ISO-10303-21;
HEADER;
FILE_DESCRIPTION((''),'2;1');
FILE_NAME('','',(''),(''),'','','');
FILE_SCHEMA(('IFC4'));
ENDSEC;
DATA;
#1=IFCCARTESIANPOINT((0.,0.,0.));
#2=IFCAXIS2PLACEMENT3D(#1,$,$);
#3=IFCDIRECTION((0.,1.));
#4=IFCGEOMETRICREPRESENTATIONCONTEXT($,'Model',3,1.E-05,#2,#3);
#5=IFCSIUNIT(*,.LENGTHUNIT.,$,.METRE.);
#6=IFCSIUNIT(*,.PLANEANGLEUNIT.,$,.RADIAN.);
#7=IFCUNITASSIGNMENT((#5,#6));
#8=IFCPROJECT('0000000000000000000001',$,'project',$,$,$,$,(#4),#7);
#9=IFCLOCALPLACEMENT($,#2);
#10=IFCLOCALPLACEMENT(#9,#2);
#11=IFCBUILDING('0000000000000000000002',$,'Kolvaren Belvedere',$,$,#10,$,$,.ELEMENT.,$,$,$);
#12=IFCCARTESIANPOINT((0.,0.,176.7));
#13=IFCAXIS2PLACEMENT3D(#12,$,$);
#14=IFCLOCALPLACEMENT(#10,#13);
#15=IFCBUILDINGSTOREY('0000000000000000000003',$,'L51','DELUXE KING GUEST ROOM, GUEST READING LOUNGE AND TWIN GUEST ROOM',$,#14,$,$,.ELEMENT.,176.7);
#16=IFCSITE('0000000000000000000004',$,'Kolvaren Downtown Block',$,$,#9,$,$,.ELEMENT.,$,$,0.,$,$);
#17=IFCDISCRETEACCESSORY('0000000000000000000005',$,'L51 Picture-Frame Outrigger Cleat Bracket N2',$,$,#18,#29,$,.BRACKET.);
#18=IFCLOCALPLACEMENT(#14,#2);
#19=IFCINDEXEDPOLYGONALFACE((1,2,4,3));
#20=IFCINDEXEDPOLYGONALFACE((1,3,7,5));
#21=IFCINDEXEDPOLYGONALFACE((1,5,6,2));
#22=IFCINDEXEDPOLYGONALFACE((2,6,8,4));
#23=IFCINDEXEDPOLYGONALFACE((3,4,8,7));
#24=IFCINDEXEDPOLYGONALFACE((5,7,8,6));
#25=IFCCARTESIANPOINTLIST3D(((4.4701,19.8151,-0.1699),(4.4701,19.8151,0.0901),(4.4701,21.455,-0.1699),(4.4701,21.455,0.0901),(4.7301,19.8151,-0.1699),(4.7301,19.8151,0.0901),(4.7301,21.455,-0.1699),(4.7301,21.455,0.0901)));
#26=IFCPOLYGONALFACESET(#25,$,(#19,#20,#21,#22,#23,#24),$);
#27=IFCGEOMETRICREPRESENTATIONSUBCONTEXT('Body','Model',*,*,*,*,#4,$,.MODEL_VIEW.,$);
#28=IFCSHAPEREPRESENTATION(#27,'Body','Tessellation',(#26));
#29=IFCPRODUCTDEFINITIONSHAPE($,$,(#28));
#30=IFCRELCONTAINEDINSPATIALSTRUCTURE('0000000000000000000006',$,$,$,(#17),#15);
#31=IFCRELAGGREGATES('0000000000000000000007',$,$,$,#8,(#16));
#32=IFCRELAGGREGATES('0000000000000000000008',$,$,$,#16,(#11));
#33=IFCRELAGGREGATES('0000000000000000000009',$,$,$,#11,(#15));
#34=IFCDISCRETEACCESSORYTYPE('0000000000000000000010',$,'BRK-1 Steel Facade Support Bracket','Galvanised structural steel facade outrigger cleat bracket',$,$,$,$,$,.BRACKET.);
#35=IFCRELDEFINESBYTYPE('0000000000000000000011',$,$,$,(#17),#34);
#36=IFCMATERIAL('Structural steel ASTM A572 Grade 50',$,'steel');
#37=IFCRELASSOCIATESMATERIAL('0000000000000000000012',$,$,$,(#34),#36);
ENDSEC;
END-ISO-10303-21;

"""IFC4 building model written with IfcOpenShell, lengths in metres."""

from ifc_helpers import new_model, si_unit, direction, frame, origin, origin_2d, place, context, subcontext, project, spatial, rectangle, extrude, material, type_object, element, save


model = new_model("IFC4")

# Units and contexts
model_context = context("Model", 3, precision=1e-05, world=origin(), true_north=direction((0.0, 1.0)))
body_context = subcontext(model_context, "Body", "Model", "MODEL_VIEW")
ifc_project = project(units=[si_unit("LENGTHUNIT", "METRE"), si_unit("PLANEANGLEUNIT", "RADIAN")], contexts=[model_context])

# Site, building, storey
site_placement = place(None, origin())
site = spatial("IfcSite", under=ifc_project, at=site_placement, Name="Kolvaren Downtown Block", CompositionType="ELEMENT", RefElevation=0.0)
building_placement = place(site_placement, origin())
building = spatial("IfcBuilding", under=site, at=building_placement, Name="Kolvaren Belvedere", CompositionType="ELEMENT")
storey_placement = place(building_placement, frame((0.0, 0.0, 176.7)))
storey = spatial("IfcBuildingStorey", under=building, at=storey_placement, Name="L51", Description="DELUXE KING GUEST ROOM, GUEST READING LOUNGE AND TWIN GUEST ROOM", CompositionType="ELEMENT", Elevation=176.7)

# Discrete accessory
ifc_material_1 = material(Name="Structural steel ASTM A572 Grade 50", Category="steel")
discrete_accessory_type = type_object("IfcDiscreteAccessoryType", Name="BRK-1 Steel Facade Support Bracket", Description="Galvanised structural steel facade outrigger cleat bracket", PredefinedType="BRACKET", material=ifc_material_1)
discrete_accessory_placement = place(storey_placement, frame((4.6001, 20.635, -0.1699), z_axis=(0.0, 0.0, 1.0), x_axis=(0.0, 1.0, 0.0)))
element("IfcDiscreteAccessory", 1, at=discrete_accessory_placement, inside=storey, type_object=discrete_accessory_type, Name="L51 Picture-Frame Outrigger Cleat Bracket N2", PredefinedType="BRACKET", context=body_context, shape_type="SweptSolid", body=[
    extrude(rectangle(XDim=1.6399, YDim=0.26, at=origin_2d()), origin(), (0.0, 0.0, 1.0), 0.26),
])

save(model, "model.ifc")
